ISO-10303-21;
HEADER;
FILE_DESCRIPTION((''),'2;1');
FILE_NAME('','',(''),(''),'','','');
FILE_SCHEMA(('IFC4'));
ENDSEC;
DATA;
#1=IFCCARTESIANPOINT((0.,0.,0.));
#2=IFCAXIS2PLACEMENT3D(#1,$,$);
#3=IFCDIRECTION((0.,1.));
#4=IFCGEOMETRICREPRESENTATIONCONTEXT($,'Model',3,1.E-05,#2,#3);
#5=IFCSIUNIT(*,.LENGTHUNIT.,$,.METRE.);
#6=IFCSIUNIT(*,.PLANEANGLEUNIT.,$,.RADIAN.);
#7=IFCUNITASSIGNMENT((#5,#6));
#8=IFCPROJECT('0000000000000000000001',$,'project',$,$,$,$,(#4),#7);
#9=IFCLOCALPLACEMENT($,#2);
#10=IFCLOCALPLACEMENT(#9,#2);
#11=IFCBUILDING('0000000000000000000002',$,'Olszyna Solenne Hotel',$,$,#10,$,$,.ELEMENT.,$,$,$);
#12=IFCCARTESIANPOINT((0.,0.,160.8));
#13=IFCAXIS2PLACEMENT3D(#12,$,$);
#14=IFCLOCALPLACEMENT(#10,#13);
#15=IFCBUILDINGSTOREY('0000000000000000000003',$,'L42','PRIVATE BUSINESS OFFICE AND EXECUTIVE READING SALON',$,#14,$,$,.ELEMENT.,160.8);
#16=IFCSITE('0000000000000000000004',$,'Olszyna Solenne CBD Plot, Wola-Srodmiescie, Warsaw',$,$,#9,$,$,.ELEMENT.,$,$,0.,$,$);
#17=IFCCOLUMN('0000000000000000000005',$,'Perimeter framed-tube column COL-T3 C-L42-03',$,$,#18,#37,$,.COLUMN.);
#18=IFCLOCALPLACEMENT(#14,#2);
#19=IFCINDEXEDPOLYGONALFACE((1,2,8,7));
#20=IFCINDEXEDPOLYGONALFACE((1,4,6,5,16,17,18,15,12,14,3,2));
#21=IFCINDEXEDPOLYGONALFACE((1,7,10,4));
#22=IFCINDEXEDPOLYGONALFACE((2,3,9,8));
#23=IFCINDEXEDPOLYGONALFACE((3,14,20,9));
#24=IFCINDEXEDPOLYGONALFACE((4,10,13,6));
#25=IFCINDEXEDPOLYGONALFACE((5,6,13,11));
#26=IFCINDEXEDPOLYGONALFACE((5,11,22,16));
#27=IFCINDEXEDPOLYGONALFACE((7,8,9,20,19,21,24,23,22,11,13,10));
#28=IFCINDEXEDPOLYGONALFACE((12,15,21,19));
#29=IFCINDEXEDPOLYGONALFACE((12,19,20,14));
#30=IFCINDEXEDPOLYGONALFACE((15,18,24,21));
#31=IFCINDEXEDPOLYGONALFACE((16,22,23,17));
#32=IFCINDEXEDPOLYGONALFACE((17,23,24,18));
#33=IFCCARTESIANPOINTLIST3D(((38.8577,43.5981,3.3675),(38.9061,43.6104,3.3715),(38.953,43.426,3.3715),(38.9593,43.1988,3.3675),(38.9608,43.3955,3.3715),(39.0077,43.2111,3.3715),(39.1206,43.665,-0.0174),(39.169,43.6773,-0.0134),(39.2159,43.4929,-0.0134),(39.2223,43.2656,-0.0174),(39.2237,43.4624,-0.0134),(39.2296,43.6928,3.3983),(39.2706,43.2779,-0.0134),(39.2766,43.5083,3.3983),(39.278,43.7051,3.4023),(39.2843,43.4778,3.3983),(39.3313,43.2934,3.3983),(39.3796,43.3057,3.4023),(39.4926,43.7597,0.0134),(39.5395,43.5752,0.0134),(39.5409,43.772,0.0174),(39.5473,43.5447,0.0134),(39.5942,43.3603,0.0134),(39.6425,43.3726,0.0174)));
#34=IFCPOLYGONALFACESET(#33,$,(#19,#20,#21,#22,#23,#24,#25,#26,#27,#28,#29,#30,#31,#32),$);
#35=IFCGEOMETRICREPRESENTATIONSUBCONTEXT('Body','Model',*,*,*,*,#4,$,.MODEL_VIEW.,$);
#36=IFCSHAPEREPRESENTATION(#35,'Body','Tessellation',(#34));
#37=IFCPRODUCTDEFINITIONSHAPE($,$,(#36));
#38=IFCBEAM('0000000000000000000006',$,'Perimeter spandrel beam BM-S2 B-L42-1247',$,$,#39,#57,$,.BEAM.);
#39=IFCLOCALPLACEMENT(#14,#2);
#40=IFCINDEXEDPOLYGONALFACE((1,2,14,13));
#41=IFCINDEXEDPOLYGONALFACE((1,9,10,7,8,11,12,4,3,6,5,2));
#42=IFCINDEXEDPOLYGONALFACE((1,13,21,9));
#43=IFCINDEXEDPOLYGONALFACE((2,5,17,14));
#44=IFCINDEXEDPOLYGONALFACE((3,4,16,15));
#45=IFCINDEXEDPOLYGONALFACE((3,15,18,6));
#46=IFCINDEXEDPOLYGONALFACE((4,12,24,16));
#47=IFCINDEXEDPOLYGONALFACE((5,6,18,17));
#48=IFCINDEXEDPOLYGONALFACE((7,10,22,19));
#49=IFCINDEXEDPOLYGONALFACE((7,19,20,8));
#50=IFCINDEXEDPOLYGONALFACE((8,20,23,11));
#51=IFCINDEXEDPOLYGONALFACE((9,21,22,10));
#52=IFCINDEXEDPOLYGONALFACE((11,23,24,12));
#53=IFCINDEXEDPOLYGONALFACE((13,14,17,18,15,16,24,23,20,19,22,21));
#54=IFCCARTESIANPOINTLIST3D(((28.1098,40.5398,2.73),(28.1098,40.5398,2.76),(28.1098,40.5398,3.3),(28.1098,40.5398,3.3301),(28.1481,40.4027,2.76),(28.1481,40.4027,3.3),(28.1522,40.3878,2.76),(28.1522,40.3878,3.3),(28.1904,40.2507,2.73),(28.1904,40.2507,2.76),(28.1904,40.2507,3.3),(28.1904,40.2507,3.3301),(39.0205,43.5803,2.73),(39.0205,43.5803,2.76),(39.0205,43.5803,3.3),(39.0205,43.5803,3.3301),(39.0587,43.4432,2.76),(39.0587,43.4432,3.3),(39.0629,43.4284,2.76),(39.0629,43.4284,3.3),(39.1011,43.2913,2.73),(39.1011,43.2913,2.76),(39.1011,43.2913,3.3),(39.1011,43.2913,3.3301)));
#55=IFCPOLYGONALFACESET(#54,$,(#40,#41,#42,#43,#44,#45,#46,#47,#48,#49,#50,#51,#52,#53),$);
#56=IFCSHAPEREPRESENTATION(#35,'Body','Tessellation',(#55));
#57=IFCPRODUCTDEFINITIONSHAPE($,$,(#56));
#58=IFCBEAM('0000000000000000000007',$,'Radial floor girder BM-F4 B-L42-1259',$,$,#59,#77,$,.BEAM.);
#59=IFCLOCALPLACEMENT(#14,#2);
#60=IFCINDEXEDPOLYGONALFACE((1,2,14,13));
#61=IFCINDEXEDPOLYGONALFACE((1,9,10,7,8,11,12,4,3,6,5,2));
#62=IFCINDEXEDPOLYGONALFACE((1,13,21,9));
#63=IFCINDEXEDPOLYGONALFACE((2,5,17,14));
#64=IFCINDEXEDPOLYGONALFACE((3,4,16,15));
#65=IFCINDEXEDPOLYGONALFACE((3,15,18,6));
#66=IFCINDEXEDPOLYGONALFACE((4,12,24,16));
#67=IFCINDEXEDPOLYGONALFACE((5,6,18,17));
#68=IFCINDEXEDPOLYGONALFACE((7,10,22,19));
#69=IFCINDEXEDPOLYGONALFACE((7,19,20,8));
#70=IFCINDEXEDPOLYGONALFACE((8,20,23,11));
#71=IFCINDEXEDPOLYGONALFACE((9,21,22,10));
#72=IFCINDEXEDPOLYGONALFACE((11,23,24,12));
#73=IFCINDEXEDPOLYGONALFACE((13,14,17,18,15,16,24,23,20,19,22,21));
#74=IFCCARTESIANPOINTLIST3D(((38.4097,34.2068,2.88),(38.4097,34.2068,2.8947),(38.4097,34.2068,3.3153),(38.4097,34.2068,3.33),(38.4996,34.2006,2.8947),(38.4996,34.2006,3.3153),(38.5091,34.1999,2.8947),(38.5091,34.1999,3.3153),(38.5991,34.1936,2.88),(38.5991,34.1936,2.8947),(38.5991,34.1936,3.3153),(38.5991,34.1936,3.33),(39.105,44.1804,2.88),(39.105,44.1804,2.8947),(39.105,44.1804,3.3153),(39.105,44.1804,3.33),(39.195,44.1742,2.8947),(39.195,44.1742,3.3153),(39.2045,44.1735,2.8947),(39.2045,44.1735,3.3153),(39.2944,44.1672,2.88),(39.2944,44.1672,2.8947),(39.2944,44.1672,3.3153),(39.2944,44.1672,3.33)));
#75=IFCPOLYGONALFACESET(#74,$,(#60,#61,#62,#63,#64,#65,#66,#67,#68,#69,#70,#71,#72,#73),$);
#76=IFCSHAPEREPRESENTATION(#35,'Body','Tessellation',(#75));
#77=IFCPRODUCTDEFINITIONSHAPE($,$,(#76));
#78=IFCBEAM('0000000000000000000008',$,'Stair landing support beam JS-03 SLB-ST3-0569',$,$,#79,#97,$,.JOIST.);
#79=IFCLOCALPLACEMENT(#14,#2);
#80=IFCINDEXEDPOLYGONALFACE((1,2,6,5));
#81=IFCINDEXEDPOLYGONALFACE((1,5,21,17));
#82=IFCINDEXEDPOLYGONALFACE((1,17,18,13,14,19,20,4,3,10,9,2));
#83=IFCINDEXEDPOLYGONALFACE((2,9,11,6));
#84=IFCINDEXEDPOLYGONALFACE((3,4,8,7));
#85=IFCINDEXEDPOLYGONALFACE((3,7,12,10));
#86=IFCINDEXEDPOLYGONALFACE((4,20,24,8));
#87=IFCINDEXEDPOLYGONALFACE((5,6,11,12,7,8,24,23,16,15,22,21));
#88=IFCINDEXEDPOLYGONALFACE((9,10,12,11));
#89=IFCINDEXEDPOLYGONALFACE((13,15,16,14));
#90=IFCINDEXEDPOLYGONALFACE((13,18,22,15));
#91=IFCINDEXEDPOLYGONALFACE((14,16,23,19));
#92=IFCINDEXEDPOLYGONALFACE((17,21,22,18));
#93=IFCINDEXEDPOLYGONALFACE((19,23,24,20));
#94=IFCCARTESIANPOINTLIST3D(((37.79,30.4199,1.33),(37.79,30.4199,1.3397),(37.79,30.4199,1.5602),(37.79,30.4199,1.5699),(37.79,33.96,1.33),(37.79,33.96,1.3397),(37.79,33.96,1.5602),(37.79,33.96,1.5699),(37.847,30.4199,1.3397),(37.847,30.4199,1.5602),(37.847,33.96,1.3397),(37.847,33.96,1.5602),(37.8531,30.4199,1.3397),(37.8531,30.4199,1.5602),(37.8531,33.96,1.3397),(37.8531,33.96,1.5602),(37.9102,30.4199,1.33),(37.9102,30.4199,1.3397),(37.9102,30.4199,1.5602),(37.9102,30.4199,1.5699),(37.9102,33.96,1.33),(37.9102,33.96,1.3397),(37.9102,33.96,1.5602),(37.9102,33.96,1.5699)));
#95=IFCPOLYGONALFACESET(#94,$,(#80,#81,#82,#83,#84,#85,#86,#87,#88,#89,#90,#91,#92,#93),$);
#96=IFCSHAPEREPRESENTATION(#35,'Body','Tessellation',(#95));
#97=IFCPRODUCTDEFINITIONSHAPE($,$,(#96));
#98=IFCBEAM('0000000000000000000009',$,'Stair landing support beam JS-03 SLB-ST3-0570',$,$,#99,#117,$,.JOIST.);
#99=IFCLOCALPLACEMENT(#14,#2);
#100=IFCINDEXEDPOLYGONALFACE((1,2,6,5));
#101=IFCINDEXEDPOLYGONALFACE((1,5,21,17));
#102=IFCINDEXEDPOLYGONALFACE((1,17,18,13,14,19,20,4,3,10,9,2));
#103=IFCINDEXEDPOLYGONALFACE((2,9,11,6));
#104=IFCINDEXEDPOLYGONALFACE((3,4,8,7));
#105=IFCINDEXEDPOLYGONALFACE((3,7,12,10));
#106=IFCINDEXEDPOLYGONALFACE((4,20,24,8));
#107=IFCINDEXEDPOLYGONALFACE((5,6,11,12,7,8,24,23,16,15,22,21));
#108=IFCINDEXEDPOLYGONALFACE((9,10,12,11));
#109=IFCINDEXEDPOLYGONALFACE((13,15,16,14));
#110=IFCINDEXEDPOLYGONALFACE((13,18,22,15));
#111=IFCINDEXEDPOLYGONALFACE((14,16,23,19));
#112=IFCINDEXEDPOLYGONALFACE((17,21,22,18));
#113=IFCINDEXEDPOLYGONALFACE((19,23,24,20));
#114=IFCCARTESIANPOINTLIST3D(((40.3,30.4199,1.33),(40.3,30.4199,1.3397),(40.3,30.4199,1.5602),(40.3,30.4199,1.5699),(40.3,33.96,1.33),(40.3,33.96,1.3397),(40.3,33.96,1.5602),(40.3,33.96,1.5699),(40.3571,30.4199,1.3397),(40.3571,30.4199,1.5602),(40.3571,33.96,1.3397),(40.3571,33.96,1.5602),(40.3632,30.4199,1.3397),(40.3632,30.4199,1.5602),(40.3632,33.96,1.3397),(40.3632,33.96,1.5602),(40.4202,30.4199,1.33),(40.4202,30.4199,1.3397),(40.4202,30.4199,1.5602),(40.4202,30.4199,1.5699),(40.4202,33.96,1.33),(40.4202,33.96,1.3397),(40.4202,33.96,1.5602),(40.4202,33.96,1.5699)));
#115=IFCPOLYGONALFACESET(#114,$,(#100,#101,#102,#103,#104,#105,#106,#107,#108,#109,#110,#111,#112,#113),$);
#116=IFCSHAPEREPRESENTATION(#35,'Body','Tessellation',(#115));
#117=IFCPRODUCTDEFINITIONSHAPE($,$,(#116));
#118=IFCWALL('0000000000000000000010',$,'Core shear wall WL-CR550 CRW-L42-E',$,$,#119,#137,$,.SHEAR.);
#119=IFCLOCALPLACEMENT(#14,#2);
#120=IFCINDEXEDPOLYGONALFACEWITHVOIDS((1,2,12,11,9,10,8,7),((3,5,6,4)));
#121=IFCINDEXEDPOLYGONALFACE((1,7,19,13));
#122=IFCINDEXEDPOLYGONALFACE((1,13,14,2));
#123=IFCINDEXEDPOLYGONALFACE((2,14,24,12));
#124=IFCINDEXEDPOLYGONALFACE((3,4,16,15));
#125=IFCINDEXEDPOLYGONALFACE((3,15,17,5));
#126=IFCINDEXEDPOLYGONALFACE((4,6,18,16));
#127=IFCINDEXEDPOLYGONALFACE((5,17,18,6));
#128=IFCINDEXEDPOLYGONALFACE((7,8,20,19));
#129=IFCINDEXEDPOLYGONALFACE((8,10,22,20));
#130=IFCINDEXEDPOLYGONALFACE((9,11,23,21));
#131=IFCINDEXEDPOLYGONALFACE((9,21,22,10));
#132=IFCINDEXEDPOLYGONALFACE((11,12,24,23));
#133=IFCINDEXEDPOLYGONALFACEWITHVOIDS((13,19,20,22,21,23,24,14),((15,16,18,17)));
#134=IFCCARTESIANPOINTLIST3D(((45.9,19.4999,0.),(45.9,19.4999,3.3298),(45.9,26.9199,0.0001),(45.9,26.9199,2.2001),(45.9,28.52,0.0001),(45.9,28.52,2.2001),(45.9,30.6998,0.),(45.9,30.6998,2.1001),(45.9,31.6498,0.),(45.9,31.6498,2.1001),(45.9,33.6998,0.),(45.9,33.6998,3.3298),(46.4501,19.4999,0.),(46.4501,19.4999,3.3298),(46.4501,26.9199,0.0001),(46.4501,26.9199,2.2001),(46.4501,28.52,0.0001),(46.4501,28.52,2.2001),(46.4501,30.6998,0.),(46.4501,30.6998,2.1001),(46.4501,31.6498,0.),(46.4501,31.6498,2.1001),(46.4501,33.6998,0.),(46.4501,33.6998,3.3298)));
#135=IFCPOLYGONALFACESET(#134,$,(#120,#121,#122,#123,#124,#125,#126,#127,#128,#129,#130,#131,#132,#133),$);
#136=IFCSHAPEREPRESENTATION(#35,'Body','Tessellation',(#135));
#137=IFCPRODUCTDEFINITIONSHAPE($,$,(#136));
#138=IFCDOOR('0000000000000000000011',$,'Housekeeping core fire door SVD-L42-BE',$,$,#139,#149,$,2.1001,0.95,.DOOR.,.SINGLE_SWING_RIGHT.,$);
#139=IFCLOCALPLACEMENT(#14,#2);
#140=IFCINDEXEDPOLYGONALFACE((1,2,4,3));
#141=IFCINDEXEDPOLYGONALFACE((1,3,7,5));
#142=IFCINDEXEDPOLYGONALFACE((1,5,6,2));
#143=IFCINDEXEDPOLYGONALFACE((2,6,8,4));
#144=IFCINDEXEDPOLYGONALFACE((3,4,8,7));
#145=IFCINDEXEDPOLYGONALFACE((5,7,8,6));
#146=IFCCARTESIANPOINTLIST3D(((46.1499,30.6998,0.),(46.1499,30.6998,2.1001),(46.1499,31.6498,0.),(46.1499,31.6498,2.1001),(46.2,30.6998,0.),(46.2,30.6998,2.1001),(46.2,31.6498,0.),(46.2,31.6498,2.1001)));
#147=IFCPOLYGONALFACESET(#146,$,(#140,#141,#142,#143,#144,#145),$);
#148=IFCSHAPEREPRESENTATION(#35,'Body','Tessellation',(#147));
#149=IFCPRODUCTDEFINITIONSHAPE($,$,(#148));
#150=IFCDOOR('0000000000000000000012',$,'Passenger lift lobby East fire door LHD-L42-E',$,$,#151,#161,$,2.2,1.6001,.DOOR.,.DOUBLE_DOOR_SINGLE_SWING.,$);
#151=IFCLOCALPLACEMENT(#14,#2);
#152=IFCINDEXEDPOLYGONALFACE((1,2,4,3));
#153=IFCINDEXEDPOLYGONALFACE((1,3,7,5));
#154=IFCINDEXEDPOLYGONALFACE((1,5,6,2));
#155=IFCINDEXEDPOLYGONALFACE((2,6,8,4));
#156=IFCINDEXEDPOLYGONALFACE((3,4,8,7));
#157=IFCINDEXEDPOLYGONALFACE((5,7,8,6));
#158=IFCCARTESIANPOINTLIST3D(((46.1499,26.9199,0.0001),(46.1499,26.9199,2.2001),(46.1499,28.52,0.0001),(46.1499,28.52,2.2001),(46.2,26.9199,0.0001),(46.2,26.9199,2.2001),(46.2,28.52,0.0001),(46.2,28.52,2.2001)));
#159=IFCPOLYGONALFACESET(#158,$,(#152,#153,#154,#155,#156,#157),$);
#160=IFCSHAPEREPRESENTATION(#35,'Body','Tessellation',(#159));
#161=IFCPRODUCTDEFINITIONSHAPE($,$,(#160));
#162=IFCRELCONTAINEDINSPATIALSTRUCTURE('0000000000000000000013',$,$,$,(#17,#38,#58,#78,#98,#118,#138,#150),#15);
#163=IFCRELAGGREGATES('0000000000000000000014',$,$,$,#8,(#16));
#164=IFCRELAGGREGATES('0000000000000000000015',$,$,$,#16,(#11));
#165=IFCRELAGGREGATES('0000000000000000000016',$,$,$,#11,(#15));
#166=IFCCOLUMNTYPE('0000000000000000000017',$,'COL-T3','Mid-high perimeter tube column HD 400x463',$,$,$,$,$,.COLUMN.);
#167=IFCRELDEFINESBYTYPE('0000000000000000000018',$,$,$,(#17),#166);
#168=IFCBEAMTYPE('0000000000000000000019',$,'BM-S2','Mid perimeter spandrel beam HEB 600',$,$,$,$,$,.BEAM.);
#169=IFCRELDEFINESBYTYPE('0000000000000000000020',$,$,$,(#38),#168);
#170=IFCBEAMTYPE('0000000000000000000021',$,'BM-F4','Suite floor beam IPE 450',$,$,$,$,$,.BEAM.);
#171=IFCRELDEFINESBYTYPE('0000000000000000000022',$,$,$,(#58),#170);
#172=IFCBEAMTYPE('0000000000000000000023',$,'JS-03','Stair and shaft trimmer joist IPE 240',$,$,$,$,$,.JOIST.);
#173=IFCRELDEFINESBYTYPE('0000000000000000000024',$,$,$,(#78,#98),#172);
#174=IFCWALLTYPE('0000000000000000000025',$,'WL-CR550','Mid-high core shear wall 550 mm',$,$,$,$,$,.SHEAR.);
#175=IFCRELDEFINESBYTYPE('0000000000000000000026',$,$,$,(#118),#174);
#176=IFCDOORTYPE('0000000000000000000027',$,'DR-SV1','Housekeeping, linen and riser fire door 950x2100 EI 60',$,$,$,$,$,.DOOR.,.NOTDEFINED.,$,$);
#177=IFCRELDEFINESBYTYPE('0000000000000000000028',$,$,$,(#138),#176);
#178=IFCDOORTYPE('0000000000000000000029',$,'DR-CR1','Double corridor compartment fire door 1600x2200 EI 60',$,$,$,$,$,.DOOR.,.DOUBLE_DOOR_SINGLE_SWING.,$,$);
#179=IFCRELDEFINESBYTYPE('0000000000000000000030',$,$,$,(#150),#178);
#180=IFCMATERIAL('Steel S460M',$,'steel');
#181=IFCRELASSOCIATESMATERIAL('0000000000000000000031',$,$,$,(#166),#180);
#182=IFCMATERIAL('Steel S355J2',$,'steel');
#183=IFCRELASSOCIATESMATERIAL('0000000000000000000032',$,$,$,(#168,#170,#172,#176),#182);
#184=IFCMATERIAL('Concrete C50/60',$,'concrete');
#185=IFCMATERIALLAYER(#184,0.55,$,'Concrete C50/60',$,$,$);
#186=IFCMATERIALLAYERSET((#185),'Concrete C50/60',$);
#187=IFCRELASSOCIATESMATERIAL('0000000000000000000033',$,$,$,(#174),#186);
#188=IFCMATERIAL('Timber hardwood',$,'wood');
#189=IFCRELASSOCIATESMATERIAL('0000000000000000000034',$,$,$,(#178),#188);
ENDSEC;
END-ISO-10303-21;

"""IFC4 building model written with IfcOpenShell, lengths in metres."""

from ifc_helpers import new_model, si_unit, direction, frame, frame_2d, origin, origin_2d, place, context, subcontext, project, spatial, rectangle, i_section, extrude, source, transform, mapped, material, layer, layer_set, material_profile, profile_set, type_object, type_shapes, element, fill, save


model = new_model("IFC4")

# Units and contexts
model_context = context("Model", 3, precision=1e-05, world=origin(), true_north=direction((0.0, 1.0)))
body_context = subcontext(model_context, "Body", "Model", "MODEL_VIEW")
ifc_project = project(units=[si_unit("LENGTHUNIT", "METRE"), si_unit("PLANEANGLEUNIT", "RADIAN")], contexts=[model_context])

# Site, building, storey
site_placement = place(None, origin())
site = spatial("IfcSite", under=ifc_project, at=site_placement, Name="Olszyna Solenne CBD Plot, Wola-Srodmiescie, Warsaw", CompositionType="ELEMENT", RefElevation=0.0)
building_placement = place(site_placement, origin())
building = spatial("IfcBuilding", under=site, at=building_placement, Name="Olszyna Solenne Hotel", CompositionType="ELEMENT")
storey_placement = place(building_placement, frame((0.0, 0.0, 160.8)))
storey = spatial("IfcBuildingStorey", under=building, at=storey_placement, Name="L42", Description="PRIVATE BUSINESS OFFICE AND EXECUTIVE READING SALON", CompositionType="ELEMENT", Elevation=160.8)

# Column
ifc_material_1 = material(Name="Steel S460M", Category="steel")
ifc_material_profile_1 = material_profile(ifc_material_1, i_section(OverallWidth=0.4121, OverallDepth=0.4351, WebThickness=0.0315, FlangeThickness=0.05, at=origin_2d()), Name="HD 400x463", Category="load-bearing")
ifc_profile_set_1 = profile_set([ifc_material_profile_1], Name="Steel S460M")
column_type = type_object("IfcColumnType", Name="COL-T3", Description="Mid-high perimeter tube column HD 400x463", PredefinedType="COLUMN", material=ifc_profile_set_1)
shared_shape_1 = source(origin(), body_context, "Body", "SweptSolid", [
    extrude(i_section(OverallWidth=0.4121, OverallDepth=0.4351, WebThickness=0.0315, FlangeThickness=0.05, at=origin_2d()), origin(), (0.0, 0.0, 1.0), 3.3958),
])
column_placement = place(storey_placement, frame((39.3816, 43.5188, 0.0), z_axis=(-0.077429, -0.019699, 0.996803), x_axis=(0.246556, -0.969128, 0.0)))
element("IfcColumn", 1, at=column_placement, inside=storey, type_object=column_type, Name="Perimeter framed-tube column COL-T3 C-L42-03", PredefinedType="COLUMN", context=body_context, shape_type="MappedRepresentation", body=[
    mapped(shared_shape_1, transform((0.0, 0.0, 0.0), x_axis=(1.0, 0.0, 0.0), y_axis=(0.0, 1.0, 0.0), z_axis=(0.0, 0.0, 1.0), scale=1.0)),
])

# Beams
ifc_material_2 = material(Name="Steel S355J2", Category="steel")
ifc_material_profile_2 = material_profile(ifc_material_2, i_section(OverallWidth=0.3, OverallDepth=0.6001, WebThickness=0.0154, FlangeThickness=0.03, at=origin_2d()), Name="HEB 600", Category="load-bearing")
ifc_profile_set_2 = profile_set([ifc_material_profile_2], Name="Steel S355J2")
beam_type_1 = type_object("IfcBeamType", Name="BM-S2", Description="Mid perimeter spandrel beam HEB 600", PredefinedType="BEAM", material=ifc_profile_set_2)
shared_shape_2 = source(origin(), body_context, "Body", "SweptSolid", [
    extrude(i_section(OverallWidth=0.3, OverallDepth=0.6001, WebThickness=0.0154, FlangeThickness=0.03, at=origin_2d()), origin(), (0.0, 0.0, 1.0), 11.3264),
])
beam_1_placement = place(storey_placement, frame((39.0608, 43.4358, 3.03), z_axis=(-0.963295, -0.268446, 0.0), x_axis=(0.268446, -0.963295, 0.0)))
element("IfcBeam", 2, at=beam_1_placement, inside=storey, type_object=beam_type_1, Name="Perimeter spandrel beam BM-S2 B-L42-1247", PredefinedType="BEAM", context=body_context, shape_type="MappedRepresentation", body=[
    mapped(shared_shape_2, transform((0.0, 0.0, 0.0), x_axis=(1.0, 0.0, 0.0), y_axis=(0.0, 1.0, 0.0), z_axis=(0.0, 0.0, 1.0), scale=1.0)),
])
ifc_material_profile_3 = material_profile(ifc_material_2, i_section(OverallWidth=0.1899, OverallDepth=0.45, WebThickness=0.0095, FlangeThickness=0.0146, at=origin_2d()), Name="IPE 450", Category="load-bearing")
ifc_profile_set_3 = profile_set([ifc_material_profile_3], Name="Steel S355J2")
beam_type_2 = type_object("IfcBeamType", Name="BM-F4", Description="Suite floor beam IPE 450", PredefinedType="BEAM", material=ifc_profile_set_3)
shared_shape_3 = source(origin(), body_context, "Body", "SweptSolid", [
    extrude(i_section(OverallWidth=0.1899, OverallDepth=0.45, WebThickness=0.0095, FlangeThickness=0.0146, at=origin_2d()), origin(), (0.0, 0.0, 1.0), 9.9978),
])
beam_2_placement = place(storey_placement, frame((39.1997, 44.1738, 3.105), z_axis=(-0.069546, -0.997579, 0.0), x_axis=(0.997579, -0.069546, 0.0)))
element("IfcBeam", 3, at=beam_2_placement, inside=storey, type_object=beam_type_2, Name="Radial floor girder BM-F4 B-L42-1259", PredefinedType="BEAM", context=body_context, shape_type="MappedRepresentation", body=[
    mapped(shared_shape_3, transform((0.0, 0.0, 0.0), x_axis=(1.0, 0.0, 0.0), y_axis=(0.0, 1.0, 0.0), z_axis=(0.0, 0.0, 1.0), scale=1.0)),
])
ifc_material_profile_4 = material_profile(ifc_material_2, i_section(OverallWidth=0.1201, OverallDepth=0.24, WebThickness=0.0061, FlangeThickness=0.0098, at=origin_2d()), Name="IPE 240", Category="load-bearing")
ifc_profile_set_4 = profile_set([ifc_material_profile_4], Name="Steel S355J2")
beam_type_3 = type_object("IfcBeamType", Name="JS-03", Description="Stair and shaft trimmer joist IPE 240", PredefinedType="JOIST", material=ifc_profile_set_4)
shared_shape_4 = source(origin(), body_context, "Body", "SweptSolid", [
    extrude(i_section(OverallWidth=0.1201, OverallDepth=0.24, WebThickness=0.0061, FlangeThickness=0.0098, at=origin_2d()), origin(), (0.0, 0.0, 1.0), 3.54),
])
for number, where, z_axis, x_axis, name in (
    (4, (37.8501, 30.4199, 1.45), (0.0, 1.0, 0.0), (-1.0, 0.0, 0.0), "Stair landing support beam JS-03 SLB-ST3-0569"),
    (5, (40.3601, 30.4199, 1.45), (0.0, 1.0, 0.0), (-1.0, 0.0, 0.0), "Stair landing support beam JS-03 SLB-ST3-0570"),
):
    element("IfcBeam", number, at=place(storey_placement, frame(where, z_axis=z_axis, x_axis=x_axis)), inside=storey, type_object=beam_type_3, Name=name, PredefinedType="JOIST", context=body_context, shape_type="MappedRepresentation", body=[
        mapped(shared_shape_4, transform((0.0, 0.0, 0.0), x_axis=(1.0, 0.0, 0.0), y_axis=(0.0, 1.0, 0.0), z_axis=(0.0, 0.0, 1.0), scale=1.0)),
    ])

# Wall, openings, doors
ifc_material_3 = material(Name="Concrete C50/60", Category="concrete")
ifc_layer_1 = layer(ifc_material_3, 0.55, Name="Concrete C50/60")
ifc_layer_set_1 = layer_set([ifc_layer_1], Name="Concrete C50/60")
wall_type_1 = type_object("IfcWallType", Name="WL-CR550", Description="Mid-high core shear wall 550 mm", PredefinedType="SHEAR", material=ifc_layer_set_1)
wall_1_placement = place(storey_placement, frame((46.175, 33.7, 0.0), z_axis=(0.0, 0.0, 1.0), x_axis=(0.0, -1.0, 0.0)))
wall_1 = element("IfcWall", 6, at=wall_1_placement, inside=storey, type_object=wall_type_1, Name="Core shear wall WL-CR550 CRW-L42-E", PredefinedType="SHEAR", context=body_context, shape_type="SweptSolid", body=[
    extrude(rectangle(XDim=14.2, YDim=0.55, at=frame_2d((7.1001, 0.0))), origin(), (0.0, 0.0, 1.0), 3.3298),
])
opening_1_placement = place(wall_1_placement, frame((5.1799, 0.0, 0.0)))
opening_1 = element("IfcOpeningElement", 7, at=opening_1_placement, cuts=wall_1, PredefinedType="OPENING", context=body_context, shape_type="SweptSolid", body=[
    extrude(rectangle(XDim=1.6001, YDim=2.2, at=frame_2d((0.8, 1.1001))), frame((0.0, 0.2852, 0.0), z_axis=(0.0, -1.0, 0.0), x_axis=(1.0, 0.0, 0.0)), (0.0, 0.0, 1.0), 0.5701),
])
opening_2_placement = place(wall_1_placement, frame((2.05, 0.0, 0.0)))
opening_2 = element("IfcOpeningElement", 8, at=opening_2_placement, cuts=wall_1, PredefinedType="OPENING", context=body_context, shape_type="SweptSolid", body=[
    extrude(rectangle(XDim=0.95, YDim=2.1001, at=frame_2d((0.4751, 1.05))), frame((0.0, 0.2852, 0.0), z_axis=(0.0, -1.0, 0.0), x_axis=(1.0, 0.0, 0.0)), (0.0, 0.0, 1.0), 0.5701),
])
door_type_1 = type_object("IfcDoorType", Name="DR-SV1", Description="Housekeeping, linen and riser fire door 950x2100 EI 60", OperationType="NOTDEFINED", PredefinedType="DOOR", material=ifc_material_2)
shared_shape_5 = source(origin(), body_context, "Body", "SweptSolid", [
    extrude(rectangle(XDim=0.95, YDim=2.1001, at=frame_2d((0.4751, 1.05))), frame((0.0, 0.0249, 0.0), z_axis=(0.0, -1.0, 0.0), x_axis=(1.0, 0.0, 0.0)), (0.0, 0.0, 1.0), 0.05),
])
type_shapes(door_type_1, [shared_shape_5])
door_1_placement = place(opening_2_placement, origin())
door_1 = element("IfcDoor", 9, at=door_1_placement, inside=storey, type_object=door_type_1, Name="Housekeeping core fire door SVD-L42-BE", OperationType="SINGLE_SWING_RIGHT", OverallHeight=2.1001, OverallWidth=0.95, PredefinedType="DOOR", context=body_context, shape_type="MappedRepresentation", body=[
    mapped(shared_shape_5, transform((0.0, 0.0, 0.0), x_axis=(1.0, 0.0, 0.0), y_axis=(0.0, 1.0, 0.0), z_axis=(0.0, 0.0, 1.0), scale=1.0)),
])
fill(opening_2, door_1)
ifc_material_4 = material(Name="Timber hardwood", Category="wood")
door_type_2 = type_object("IfcDoorType", Name="DR-CR1", Description="Double corridor compartment fire door 1600x2200 EI 60", OperationType="DOUBLE_DOOR_SINGLE_SWING", PredefinedType="DOOR", material=ifc_material_4)
shared_shape_6 = source(origin(), body_context, "Body", "SweptSolid", [
    extrude(rectangle(XDim=1.6001, YDim=2.2, at=frame_2d((0.8, 1.1001))), frame((0.0, 0.0249, 0.0), z_axis=(0.0, -1.0, 0.0), x_axis=(1.0, 0.0, 0.0)), (0.0, 0.0, 1.0), 0.05),
])
type_shapes(door_type_2, [shared_shape_6])
door_2_placement = place(opening_1_placement, origin())
door_2 = element("IfcDoor", 10, at=door_2_placement, inside=storey, type_object=door_type_2, Name="Passenger lift lobby East fire door LHD-L42-E", OperationType="DOUBLE_DOOR_SINGLE_SWING", OverallHeight=2.2, OverallWidth=1.6001, PredefinedType="DOOR", context=body_context, shape_type="MappedRepresentation", body=[
    mapped(shared_shape_6, transform((0.0, 0.0, 0.0), x_axis=(1.0, 0.0, 0.0), y_axis=(0.0, 1.0, 0.0), z_axis=(0.0, 0.0, 1.0), scale=1.0)),
])
fill(opening_1, door_2)

save(model, "model.ifc")
